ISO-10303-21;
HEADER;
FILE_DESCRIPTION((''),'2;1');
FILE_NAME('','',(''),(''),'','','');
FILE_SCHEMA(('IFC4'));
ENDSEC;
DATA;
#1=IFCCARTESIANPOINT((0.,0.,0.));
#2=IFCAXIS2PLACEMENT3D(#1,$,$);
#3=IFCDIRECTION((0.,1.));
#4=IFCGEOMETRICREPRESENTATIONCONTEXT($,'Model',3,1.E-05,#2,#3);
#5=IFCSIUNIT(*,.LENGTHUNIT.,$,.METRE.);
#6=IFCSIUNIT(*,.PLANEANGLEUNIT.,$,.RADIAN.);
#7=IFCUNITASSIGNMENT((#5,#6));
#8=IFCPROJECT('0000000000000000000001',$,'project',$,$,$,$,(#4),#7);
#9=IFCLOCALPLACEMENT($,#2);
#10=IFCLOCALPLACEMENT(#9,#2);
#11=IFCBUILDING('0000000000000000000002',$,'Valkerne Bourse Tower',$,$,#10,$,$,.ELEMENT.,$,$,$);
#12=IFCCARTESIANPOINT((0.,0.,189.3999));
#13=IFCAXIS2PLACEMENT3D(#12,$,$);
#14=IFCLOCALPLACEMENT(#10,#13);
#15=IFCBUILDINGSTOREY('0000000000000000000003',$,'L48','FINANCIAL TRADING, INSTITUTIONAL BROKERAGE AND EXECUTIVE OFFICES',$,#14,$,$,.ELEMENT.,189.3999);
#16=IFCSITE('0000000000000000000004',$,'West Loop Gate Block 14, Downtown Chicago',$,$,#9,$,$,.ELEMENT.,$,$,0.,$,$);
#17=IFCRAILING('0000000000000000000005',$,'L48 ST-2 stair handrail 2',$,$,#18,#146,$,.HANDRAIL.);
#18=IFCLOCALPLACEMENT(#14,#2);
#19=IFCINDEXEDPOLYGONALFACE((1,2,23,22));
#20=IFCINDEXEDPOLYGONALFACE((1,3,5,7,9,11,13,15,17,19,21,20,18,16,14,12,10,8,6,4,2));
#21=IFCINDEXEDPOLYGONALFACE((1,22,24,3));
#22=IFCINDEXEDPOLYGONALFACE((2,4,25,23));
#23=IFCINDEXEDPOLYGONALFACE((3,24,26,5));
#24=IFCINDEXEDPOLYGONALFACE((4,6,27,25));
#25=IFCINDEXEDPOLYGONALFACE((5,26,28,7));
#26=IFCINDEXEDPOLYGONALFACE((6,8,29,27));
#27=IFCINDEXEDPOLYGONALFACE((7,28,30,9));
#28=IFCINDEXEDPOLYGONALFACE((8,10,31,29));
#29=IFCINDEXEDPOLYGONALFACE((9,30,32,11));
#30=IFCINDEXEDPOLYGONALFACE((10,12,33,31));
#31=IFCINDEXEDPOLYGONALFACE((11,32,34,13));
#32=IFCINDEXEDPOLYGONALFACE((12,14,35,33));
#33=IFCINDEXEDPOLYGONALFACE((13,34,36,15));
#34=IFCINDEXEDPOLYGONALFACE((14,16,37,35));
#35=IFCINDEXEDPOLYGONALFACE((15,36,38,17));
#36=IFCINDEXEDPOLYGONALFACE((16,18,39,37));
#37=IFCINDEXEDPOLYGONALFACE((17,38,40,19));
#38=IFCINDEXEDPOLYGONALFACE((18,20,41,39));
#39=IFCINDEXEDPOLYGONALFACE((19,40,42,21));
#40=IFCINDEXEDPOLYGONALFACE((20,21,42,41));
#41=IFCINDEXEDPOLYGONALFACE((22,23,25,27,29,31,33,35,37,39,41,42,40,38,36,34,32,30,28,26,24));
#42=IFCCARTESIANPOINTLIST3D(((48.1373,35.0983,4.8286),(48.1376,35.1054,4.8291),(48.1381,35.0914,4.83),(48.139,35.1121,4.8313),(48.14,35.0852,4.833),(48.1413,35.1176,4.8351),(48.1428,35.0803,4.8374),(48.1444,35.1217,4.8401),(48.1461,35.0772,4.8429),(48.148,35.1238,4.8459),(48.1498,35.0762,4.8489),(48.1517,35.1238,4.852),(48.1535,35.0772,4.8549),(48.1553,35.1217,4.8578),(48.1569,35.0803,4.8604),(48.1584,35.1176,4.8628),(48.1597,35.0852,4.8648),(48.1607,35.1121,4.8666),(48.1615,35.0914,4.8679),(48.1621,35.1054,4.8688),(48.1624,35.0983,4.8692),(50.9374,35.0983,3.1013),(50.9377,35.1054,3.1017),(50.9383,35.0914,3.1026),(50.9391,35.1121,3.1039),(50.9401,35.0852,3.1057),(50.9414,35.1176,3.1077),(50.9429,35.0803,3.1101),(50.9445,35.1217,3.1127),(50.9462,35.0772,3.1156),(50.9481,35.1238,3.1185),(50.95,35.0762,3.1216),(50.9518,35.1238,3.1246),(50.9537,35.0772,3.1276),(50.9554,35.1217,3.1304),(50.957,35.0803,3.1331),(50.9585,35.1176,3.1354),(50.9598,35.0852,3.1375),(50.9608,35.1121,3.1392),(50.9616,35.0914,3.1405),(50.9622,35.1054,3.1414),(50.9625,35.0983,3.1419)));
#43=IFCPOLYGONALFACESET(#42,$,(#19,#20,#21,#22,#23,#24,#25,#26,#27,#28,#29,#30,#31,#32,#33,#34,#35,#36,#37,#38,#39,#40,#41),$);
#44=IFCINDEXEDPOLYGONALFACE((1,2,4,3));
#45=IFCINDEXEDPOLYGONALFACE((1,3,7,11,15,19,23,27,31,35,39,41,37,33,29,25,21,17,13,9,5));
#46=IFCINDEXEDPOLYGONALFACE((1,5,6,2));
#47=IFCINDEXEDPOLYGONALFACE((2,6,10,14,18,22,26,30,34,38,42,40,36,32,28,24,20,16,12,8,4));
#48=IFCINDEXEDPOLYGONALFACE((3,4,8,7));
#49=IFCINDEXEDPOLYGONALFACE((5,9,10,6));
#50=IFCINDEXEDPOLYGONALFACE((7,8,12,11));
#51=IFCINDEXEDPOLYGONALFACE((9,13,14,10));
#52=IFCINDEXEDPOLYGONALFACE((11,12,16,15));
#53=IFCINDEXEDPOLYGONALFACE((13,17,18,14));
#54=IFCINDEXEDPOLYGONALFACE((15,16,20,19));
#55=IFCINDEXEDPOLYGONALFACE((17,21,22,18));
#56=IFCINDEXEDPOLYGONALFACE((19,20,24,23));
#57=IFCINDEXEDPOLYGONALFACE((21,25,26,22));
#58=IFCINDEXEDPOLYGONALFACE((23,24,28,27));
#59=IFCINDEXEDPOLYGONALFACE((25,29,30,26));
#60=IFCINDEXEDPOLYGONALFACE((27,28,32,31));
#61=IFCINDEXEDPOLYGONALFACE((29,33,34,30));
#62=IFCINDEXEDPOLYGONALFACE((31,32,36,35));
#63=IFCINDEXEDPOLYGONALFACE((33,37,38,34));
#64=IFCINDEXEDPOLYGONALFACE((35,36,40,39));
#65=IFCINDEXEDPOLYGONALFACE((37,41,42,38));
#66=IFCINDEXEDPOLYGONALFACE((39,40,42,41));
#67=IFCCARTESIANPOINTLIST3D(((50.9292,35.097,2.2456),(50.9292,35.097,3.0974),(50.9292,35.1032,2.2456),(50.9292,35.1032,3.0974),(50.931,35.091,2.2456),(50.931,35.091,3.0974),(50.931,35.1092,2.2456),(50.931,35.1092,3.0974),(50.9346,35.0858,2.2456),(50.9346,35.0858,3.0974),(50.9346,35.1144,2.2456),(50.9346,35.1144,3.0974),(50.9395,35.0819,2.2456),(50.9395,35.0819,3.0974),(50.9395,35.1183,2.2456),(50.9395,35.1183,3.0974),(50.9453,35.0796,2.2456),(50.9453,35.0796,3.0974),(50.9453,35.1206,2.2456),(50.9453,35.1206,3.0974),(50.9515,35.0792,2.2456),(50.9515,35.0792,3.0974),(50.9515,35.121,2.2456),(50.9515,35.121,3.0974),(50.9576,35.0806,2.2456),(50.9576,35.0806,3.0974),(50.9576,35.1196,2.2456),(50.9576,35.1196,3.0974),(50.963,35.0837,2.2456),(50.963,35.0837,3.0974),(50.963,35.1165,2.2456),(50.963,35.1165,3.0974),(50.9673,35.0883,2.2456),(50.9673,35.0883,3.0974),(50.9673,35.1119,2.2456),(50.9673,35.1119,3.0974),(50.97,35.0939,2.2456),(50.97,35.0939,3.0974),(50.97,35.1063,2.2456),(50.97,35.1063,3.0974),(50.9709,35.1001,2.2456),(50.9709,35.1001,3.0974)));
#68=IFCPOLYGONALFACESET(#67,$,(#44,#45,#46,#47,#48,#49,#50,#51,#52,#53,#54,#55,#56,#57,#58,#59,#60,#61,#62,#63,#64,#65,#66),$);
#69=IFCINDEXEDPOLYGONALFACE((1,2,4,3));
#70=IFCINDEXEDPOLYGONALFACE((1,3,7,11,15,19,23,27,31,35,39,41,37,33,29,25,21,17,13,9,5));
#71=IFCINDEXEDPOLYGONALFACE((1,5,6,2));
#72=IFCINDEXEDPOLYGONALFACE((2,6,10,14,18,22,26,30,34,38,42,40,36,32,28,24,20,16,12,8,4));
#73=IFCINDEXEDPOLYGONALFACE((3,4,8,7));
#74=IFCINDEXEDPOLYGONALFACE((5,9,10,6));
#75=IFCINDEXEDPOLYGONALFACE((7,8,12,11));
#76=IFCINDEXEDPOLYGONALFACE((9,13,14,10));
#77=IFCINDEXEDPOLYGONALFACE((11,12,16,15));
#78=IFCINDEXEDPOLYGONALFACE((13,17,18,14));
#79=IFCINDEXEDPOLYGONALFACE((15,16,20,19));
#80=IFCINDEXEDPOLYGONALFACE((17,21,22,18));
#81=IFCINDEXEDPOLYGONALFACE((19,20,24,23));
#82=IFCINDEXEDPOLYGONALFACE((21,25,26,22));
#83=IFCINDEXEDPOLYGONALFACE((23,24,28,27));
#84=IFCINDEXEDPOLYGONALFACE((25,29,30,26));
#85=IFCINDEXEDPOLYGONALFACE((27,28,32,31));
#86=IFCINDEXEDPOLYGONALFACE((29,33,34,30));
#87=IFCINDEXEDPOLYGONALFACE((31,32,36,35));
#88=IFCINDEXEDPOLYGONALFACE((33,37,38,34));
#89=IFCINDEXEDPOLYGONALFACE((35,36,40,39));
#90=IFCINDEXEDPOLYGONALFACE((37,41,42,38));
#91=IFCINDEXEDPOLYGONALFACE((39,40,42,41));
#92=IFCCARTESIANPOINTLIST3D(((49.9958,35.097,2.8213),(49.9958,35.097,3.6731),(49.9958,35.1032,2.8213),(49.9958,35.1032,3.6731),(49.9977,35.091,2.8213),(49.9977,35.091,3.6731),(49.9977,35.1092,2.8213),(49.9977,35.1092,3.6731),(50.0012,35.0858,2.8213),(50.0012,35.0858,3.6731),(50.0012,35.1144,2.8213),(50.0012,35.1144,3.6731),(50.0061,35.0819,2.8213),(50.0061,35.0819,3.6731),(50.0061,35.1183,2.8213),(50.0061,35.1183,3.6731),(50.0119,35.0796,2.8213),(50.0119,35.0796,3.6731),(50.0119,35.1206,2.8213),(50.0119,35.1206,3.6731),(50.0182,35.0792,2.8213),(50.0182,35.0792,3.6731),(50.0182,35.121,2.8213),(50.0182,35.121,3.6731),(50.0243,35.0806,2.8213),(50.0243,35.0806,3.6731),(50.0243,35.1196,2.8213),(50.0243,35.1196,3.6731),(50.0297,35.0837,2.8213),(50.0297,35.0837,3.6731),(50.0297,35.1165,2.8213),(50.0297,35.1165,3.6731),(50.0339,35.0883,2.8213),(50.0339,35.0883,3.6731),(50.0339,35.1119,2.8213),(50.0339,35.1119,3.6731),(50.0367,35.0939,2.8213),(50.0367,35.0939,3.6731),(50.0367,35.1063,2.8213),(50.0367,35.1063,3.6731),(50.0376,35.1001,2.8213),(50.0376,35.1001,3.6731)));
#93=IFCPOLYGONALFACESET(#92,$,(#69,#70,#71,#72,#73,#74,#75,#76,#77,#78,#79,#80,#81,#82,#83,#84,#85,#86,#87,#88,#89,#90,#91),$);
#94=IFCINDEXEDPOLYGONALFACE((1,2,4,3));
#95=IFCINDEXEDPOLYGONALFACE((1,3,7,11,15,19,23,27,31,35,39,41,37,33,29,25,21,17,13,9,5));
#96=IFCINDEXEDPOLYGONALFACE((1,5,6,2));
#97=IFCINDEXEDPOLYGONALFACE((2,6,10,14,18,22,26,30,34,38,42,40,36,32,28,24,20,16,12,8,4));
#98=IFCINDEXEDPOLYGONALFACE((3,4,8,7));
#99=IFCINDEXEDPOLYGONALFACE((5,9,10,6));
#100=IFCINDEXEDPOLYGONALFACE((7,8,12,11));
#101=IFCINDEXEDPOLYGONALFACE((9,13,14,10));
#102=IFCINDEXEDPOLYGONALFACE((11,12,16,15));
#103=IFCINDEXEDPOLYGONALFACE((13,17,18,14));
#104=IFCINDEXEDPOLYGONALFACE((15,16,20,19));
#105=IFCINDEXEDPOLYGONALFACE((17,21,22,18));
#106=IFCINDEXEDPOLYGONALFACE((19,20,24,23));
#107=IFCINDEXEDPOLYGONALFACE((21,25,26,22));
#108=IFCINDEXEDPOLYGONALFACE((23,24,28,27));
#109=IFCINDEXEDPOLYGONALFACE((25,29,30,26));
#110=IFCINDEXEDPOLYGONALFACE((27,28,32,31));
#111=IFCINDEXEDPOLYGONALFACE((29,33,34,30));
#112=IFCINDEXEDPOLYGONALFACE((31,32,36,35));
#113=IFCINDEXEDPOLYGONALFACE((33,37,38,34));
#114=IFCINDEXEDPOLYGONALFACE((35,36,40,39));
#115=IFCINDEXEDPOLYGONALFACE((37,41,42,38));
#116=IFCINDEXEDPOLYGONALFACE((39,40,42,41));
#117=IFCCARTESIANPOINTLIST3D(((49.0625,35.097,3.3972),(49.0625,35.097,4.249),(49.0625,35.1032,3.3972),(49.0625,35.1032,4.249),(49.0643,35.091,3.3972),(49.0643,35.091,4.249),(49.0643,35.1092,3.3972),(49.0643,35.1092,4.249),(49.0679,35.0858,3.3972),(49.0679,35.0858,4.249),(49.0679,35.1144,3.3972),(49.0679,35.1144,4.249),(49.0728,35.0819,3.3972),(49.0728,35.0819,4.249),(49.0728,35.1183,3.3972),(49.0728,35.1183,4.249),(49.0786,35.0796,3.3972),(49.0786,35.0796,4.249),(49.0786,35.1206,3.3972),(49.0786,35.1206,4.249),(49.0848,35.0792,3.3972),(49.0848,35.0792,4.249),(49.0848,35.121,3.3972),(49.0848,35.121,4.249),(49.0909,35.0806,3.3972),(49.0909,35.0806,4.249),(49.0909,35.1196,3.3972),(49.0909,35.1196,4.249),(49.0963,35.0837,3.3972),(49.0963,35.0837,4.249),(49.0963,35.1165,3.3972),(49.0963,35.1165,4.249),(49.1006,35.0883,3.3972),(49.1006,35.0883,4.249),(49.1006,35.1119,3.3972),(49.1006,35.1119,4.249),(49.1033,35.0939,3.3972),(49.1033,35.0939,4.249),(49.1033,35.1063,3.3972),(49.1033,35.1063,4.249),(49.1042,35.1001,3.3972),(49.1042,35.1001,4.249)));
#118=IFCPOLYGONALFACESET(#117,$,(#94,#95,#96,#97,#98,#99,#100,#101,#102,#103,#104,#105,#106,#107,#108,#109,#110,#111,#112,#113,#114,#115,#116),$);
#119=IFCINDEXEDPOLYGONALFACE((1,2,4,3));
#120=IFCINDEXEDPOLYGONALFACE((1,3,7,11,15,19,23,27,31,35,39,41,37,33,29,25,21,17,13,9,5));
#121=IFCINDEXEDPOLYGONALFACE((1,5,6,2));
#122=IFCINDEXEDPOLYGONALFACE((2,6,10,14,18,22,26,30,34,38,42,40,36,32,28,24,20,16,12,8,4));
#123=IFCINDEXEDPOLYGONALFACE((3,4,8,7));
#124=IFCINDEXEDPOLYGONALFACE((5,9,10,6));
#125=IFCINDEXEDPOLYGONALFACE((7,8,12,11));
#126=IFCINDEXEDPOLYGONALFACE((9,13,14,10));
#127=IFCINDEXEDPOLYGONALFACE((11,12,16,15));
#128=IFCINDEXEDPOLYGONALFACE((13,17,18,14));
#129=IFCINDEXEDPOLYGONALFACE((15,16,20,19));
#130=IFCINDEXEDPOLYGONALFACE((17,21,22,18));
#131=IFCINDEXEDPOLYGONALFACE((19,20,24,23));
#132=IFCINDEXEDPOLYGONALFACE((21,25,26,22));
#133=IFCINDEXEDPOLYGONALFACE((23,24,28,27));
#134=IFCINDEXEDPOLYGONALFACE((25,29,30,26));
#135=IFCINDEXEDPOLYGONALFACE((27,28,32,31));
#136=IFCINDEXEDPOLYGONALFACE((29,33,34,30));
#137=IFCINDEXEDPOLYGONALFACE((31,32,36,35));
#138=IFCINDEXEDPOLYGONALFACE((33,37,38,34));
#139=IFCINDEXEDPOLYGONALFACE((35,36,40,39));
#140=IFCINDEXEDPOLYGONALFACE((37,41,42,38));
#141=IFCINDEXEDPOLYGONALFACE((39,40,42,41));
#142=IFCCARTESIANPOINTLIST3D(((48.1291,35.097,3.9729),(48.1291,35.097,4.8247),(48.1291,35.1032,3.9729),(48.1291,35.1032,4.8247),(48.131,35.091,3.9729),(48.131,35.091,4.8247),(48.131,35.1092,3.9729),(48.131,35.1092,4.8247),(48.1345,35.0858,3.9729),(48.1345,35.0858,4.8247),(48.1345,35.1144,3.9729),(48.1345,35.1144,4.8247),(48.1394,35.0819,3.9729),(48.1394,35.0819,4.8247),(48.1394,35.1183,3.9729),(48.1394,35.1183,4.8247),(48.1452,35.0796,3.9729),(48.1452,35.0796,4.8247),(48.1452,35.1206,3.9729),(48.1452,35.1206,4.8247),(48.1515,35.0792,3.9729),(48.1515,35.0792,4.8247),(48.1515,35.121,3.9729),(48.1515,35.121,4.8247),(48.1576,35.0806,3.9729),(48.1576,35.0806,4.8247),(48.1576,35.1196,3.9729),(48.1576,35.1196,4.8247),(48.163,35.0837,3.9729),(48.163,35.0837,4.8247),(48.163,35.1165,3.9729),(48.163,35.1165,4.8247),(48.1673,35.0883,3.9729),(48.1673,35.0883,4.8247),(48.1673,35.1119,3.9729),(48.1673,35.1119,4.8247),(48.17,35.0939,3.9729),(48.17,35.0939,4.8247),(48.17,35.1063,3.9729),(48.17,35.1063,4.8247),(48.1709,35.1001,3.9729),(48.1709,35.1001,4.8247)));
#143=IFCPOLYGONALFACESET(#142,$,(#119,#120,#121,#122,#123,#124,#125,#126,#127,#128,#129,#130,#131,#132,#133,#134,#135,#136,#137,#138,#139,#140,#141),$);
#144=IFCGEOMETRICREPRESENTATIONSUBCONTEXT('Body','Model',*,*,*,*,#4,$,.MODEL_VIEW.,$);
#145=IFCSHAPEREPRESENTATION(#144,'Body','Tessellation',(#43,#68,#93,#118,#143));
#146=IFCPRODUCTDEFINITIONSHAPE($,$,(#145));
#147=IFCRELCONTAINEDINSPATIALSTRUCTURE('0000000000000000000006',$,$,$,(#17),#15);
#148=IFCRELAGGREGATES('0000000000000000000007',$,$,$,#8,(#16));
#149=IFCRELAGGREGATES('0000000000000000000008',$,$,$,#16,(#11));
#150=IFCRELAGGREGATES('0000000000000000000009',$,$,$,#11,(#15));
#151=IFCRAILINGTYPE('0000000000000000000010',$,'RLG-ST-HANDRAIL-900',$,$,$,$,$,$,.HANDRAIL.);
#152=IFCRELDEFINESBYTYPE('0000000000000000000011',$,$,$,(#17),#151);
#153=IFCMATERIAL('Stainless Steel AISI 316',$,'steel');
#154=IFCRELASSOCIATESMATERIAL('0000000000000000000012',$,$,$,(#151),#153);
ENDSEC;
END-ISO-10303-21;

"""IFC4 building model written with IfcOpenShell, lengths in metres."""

from ifc_helpers import new_model, si_unit, direction, frame, origin, origin_2d, place, context, subcontext, project, spatial, circle, extrude, material, type_object, element, save


model = new_model("IFC4")

# Units and contexts
model_context = context("Model", 3, precision=1e-05, world=origin(), true_north=direction((0.0, 1.0)))
body_context = subcontext(model_context, "Body", "Model", "MODEL_VIEW")
ifc_project = project(units=[si_unit("LENGTHUNIT", "METRE"), si_unit("PLANEANGLEUNIT", "RADIAN")], contexts=[model_context])

# Site, building, storey
site_placement = place(None, origin())
site = spatial("IfcSite", under=ifc_project, at=site_placement, Name="West Loop Gate Block 14, Downtown Chicago", CompositionType="ELEMENT", RefElevation=0.0)
building_placement = place(site_placement, origin())
building = spatial("IfcBuilding", under=site, at=building_placement, Name="Valkerne Bourse Tower", CompositionType="ELEMENT")
storey_placement = place(building_placement, frame((0.0, 0.0, 189.3999)))
storey = spatial("IfcBuildingStorey", under=building, at=storey_placement, Name="L48", Description="FINANCIAL TRADING, INSTITUTIONAL BROKERAGE AND EXECUTIVE OFFICES", CompositionType="ELEMENT", Elevation=189.3999)

# Shared definitions
ifc_material_1 = material(Name="Stainless Steel AISI 316", Category="steel")

# Railing
railing_type_1 = type_object("IfcRailingType", Name="RLG-ST-HANDRAIL-900", PredefinedType="HANDRAIL", material=ifc_material_1)
railing_1_placement = place(storey_placement, frame((50.95, 35.1001, 2.2456)))
element("IfcRailing", 1, at=railing_1_placement, inside=storey, type_object=railing_type_1, Name="L48 ST-2 stair handrail 2", PredefinedType="HANDRAIL", context=body_context, shape_type="SweptSolid", body=[
    extrude(circle(Radius=0.0239, at=origin_2d()), frame((0.0, 0.0, 0.876), z_axis=(-0.85109, 0.0, 0.52502), x_axis=(0.0, -1.0, 0.0)), (0.0, 0.0, 1.0), 3.29),
    extrude(circle(Radius=0.021, at=origin_2d()), origin(), (0.0, 0.0, 1.0), 0.8518),
    extrude(circle(Radius=0.021, at=origin_2d()), frame((-0.9333, 0.0, 0.5757)), (0.0, 0.0, 1.0), 0.8518),
    extrude(circle(Radius=0.021, at=origin_2d()), frame((-1.8667, 0.0, 1.1516)), (0.0, 0.0, 1.0), 0.8518),
    extrude(circle(Radius=0.021, at=origin_2d()), frame((-2.8, 0.0, 1.7273)), (0.0, 0.0, 1.0), 0.8518),
])

save(model, "model.ifc")
